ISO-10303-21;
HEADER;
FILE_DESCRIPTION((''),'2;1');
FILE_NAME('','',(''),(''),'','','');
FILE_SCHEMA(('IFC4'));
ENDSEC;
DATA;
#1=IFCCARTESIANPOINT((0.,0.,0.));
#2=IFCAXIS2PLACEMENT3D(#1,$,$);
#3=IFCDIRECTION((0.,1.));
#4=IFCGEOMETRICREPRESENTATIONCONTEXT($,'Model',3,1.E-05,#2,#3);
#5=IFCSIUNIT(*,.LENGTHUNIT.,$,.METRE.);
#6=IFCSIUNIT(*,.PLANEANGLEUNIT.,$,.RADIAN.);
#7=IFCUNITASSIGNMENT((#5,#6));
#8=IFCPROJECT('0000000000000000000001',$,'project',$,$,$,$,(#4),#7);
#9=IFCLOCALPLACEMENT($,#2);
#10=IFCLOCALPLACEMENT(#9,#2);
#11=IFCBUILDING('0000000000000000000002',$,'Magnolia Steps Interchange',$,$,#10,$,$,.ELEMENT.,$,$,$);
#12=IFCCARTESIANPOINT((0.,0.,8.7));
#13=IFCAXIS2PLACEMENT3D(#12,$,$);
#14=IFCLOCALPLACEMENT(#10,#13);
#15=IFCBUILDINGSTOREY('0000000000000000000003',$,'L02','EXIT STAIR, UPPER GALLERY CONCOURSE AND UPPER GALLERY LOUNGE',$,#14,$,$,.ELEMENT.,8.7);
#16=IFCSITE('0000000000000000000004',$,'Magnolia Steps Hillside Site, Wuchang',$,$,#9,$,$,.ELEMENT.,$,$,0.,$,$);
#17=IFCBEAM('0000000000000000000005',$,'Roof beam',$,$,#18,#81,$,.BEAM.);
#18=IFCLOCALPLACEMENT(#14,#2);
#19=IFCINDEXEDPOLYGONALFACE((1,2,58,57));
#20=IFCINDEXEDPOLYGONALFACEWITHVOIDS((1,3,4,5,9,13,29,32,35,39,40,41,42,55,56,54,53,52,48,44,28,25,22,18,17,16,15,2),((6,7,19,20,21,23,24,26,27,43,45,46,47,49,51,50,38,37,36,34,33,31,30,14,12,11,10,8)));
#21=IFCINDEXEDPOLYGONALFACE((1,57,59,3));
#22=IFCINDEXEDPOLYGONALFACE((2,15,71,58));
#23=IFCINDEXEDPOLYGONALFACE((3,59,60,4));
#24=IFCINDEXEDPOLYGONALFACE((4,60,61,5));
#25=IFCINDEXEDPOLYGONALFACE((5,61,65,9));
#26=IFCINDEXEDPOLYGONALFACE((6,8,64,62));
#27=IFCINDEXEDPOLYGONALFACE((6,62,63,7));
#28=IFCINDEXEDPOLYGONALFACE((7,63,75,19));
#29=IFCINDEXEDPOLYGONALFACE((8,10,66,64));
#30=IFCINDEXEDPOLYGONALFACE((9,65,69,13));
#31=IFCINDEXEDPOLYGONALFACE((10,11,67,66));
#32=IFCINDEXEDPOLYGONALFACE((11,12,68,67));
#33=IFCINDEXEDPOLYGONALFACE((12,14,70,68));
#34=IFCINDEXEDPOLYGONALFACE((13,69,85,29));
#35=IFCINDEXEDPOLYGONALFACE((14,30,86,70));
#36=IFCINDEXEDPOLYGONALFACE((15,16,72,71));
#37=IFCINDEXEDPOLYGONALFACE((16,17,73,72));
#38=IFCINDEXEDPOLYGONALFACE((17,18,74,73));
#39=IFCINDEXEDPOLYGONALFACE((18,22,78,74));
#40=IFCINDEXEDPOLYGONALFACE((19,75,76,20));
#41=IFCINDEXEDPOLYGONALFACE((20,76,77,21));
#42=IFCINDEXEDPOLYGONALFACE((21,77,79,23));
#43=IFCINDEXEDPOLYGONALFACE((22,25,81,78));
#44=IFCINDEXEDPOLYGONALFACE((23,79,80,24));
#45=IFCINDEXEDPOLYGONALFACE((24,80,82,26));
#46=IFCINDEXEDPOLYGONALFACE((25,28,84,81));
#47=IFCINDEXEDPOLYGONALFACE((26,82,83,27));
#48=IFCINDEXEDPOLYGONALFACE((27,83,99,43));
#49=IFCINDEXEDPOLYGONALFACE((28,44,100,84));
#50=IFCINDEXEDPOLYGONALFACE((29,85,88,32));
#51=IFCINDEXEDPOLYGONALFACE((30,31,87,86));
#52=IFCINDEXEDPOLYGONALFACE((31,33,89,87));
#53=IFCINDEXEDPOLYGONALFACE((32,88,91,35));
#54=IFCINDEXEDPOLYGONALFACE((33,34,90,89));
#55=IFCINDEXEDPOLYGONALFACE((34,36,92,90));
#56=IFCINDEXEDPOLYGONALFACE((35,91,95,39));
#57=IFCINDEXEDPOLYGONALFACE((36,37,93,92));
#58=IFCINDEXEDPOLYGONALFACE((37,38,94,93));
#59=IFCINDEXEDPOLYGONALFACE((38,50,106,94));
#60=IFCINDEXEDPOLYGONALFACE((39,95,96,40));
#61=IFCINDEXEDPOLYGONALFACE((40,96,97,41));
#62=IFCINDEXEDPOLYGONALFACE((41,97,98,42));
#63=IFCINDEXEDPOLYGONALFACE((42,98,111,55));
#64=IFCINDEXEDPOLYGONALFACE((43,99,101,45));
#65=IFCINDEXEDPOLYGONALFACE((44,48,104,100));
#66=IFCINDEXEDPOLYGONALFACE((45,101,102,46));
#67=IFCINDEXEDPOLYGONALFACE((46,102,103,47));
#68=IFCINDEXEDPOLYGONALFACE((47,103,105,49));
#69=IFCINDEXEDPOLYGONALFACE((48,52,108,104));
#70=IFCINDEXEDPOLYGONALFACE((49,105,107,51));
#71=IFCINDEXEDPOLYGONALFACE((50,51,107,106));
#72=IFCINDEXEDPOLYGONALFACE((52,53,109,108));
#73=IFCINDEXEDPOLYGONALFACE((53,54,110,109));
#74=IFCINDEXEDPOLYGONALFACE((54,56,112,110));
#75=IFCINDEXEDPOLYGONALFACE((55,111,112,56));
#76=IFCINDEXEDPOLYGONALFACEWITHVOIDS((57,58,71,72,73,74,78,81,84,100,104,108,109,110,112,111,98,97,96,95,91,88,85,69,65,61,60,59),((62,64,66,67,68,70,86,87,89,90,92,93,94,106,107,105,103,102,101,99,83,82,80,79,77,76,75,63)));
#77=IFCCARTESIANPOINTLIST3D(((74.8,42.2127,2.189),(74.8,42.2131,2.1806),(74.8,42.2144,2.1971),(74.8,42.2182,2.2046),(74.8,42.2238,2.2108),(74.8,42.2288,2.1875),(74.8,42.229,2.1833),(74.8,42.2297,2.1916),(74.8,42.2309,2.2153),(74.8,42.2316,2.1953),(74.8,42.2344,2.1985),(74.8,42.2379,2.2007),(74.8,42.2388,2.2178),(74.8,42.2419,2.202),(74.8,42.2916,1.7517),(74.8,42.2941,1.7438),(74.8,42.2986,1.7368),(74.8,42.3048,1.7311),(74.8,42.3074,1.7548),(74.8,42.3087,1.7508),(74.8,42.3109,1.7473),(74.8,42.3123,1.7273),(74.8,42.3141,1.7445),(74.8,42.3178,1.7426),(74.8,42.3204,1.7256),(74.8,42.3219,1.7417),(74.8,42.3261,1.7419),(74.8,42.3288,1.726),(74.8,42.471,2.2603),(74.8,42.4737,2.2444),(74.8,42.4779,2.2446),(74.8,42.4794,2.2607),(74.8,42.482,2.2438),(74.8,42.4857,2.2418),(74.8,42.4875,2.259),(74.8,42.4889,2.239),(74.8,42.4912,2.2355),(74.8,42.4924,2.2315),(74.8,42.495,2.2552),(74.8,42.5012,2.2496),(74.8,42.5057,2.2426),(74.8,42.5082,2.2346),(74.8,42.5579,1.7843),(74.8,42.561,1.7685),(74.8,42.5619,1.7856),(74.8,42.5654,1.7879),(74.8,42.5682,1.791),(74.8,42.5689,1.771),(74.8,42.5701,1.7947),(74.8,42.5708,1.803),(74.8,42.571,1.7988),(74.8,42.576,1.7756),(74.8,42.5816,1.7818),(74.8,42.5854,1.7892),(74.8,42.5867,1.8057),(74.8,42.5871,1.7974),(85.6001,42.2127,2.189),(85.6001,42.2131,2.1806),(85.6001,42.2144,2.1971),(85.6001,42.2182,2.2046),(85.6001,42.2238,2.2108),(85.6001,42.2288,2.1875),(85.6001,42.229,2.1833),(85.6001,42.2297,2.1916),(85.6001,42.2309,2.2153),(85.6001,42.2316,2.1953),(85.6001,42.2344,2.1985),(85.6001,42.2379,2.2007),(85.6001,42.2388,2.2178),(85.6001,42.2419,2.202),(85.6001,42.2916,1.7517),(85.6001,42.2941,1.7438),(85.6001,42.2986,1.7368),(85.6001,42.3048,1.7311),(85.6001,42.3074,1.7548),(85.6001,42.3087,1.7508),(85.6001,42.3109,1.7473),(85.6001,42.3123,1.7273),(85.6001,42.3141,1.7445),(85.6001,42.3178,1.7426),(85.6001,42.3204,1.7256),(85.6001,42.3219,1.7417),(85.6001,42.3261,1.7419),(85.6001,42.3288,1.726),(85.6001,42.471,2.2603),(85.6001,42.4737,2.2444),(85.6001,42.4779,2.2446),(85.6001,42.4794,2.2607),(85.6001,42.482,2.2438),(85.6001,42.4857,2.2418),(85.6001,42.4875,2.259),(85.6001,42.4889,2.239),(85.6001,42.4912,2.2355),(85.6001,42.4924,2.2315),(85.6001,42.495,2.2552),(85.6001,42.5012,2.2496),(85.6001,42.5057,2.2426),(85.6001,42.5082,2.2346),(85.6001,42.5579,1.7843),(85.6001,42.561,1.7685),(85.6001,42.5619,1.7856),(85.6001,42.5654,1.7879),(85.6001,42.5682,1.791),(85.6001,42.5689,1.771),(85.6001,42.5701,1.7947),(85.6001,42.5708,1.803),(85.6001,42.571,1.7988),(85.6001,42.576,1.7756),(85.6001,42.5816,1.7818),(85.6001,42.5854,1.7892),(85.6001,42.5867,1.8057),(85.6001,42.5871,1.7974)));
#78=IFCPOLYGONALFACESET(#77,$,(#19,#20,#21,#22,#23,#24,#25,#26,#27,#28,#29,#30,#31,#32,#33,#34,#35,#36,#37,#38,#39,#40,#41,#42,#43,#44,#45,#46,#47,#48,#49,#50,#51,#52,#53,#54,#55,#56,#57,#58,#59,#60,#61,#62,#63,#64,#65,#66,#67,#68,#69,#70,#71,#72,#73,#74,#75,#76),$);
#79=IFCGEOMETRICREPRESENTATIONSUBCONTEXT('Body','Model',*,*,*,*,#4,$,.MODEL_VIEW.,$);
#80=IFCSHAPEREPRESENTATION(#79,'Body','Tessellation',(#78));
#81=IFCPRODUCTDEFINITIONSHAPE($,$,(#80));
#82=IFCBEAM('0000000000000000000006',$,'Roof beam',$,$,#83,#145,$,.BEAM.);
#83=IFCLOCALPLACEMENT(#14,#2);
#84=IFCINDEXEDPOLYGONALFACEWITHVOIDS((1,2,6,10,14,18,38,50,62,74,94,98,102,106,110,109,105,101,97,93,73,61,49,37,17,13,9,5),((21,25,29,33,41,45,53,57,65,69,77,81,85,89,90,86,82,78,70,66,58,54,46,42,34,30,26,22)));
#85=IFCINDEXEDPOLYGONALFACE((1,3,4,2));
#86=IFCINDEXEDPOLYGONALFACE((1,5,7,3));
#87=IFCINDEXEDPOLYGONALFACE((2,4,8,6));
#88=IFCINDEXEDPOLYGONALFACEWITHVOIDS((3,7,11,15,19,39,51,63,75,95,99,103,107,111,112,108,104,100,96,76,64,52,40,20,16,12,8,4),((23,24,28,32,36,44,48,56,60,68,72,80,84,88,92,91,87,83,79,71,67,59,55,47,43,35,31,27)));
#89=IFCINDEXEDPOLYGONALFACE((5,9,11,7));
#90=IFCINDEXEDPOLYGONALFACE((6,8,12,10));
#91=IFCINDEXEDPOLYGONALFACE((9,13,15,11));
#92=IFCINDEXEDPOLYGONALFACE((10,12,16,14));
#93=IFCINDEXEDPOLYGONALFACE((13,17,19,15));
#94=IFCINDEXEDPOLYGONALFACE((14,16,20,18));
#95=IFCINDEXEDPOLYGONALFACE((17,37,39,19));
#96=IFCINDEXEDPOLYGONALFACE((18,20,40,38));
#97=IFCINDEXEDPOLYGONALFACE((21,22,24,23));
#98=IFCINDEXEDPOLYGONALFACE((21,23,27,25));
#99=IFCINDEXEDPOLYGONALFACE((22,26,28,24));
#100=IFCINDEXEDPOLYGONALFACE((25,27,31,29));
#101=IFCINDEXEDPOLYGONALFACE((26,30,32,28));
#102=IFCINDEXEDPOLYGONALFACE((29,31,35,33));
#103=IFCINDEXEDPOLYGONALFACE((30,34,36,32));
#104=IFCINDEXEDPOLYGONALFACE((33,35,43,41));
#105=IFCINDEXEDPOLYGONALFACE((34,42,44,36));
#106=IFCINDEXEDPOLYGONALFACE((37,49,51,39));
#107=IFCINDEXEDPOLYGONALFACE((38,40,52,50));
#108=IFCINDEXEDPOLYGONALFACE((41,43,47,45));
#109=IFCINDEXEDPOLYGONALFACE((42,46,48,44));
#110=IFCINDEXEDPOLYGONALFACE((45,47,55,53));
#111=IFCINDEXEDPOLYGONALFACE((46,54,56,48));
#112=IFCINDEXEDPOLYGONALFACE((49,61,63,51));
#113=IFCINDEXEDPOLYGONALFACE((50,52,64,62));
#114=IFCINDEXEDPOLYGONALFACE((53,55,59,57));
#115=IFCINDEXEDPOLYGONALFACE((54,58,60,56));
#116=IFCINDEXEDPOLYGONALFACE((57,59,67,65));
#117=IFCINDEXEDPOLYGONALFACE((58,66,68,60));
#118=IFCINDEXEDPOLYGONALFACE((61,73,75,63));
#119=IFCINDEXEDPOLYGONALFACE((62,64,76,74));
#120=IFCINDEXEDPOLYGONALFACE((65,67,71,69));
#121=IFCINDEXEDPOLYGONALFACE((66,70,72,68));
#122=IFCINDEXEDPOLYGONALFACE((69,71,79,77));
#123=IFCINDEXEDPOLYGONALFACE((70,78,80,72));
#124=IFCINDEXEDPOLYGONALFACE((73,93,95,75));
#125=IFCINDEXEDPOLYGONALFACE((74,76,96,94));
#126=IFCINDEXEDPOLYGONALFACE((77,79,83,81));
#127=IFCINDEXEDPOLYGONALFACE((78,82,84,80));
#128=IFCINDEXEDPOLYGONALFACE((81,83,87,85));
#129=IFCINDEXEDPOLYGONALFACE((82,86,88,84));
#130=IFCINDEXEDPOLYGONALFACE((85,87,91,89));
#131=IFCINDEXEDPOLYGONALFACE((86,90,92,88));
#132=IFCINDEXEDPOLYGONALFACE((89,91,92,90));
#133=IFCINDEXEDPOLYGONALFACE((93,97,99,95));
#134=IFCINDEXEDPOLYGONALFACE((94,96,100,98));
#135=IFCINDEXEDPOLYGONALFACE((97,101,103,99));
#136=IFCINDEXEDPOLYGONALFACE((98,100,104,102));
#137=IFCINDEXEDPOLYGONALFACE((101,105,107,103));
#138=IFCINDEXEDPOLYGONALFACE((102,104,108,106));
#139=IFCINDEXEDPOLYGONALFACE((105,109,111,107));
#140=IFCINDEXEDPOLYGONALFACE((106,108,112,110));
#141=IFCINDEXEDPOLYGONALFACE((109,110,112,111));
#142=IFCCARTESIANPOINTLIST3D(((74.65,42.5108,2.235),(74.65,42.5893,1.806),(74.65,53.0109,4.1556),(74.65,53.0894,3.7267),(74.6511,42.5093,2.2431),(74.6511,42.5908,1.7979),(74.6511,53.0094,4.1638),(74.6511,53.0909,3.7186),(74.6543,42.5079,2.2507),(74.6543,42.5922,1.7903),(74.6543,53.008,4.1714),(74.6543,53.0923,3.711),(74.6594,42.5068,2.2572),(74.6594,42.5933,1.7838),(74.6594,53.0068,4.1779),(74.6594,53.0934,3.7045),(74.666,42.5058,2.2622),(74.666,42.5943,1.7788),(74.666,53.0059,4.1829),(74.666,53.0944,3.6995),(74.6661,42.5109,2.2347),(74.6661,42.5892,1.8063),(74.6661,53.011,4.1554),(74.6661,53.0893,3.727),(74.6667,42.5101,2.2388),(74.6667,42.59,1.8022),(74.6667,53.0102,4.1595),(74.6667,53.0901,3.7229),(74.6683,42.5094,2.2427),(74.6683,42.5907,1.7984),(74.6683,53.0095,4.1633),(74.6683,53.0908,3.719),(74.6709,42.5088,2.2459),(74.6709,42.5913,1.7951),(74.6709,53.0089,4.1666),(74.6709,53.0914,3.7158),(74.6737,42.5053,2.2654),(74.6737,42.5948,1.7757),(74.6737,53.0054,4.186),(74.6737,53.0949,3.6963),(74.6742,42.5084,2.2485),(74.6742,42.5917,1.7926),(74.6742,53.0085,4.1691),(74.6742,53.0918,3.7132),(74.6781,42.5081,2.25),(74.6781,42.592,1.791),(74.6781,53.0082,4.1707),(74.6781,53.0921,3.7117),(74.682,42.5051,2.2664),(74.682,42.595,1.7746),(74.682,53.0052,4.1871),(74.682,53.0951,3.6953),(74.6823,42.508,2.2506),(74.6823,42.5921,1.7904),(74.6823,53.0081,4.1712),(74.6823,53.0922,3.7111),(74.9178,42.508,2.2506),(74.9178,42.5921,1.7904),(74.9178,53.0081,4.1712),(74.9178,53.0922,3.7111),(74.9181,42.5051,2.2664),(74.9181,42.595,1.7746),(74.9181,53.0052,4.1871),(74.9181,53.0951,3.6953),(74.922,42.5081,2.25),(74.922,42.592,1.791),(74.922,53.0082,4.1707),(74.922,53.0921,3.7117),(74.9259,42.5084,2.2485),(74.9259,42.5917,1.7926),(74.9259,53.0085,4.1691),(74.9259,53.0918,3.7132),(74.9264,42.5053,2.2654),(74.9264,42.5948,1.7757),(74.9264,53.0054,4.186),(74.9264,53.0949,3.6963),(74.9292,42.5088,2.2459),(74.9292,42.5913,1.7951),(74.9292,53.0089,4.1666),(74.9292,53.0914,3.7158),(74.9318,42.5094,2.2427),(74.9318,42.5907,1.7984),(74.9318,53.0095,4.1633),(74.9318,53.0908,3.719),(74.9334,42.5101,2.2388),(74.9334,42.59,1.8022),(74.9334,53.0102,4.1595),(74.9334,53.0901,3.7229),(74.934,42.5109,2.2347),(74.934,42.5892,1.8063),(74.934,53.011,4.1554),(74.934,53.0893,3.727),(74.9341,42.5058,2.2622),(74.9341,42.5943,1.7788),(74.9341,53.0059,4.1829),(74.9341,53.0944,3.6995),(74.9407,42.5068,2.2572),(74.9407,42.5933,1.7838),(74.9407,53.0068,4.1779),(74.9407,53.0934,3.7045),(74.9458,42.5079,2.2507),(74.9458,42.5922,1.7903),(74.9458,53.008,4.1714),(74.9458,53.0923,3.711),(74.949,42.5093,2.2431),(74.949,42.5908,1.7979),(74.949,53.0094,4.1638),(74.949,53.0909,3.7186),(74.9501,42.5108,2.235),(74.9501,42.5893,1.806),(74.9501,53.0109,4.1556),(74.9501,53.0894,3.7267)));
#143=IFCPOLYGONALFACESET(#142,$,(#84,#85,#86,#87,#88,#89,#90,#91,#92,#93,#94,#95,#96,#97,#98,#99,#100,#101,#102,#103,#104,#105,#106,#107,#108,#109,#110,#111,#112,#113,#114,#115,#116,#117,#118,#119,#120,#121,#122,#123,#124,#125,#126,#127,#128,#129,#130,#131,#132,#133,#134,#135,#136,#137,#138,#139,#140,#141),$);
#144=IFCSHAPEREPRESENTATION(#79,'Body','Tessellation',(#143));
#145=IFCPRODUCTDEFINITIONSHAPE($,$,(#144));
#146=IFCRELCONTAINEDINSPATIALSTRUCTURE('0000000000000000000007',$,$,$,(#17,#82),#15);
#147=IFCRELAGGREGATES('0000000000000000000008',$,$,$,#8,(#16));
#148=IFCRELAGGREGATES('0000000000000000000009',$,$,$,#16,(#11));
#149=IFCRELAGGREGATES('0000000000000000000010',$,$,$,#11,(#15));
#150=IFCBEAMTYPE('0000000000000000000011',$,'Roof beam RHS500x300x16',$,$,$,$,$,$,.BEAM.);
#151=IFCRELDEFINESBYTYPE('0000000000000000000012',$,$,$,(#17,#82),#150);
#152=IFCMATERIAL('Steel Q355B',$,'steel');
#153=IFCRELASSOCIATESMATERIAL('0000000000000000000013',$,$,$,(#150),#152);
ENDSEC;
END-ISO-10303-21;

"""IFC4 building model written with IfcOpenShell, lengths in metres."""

from ifc_helpers import new_model, si_unit, direction, frame, origin, origin_2d, place, context, subcontext, project, spatial, hollow_rectangle, extrude, material, material_profile, profile_set, type_object, element, save


model = new_model("IFC4")

# Units and contexts
model_context = context("Model", 3, precision=1e-05, world=origin(), true_north=direction((0.0, 1.0)))
body_context = subcontext(model_context, "Body", "Model", "MODEL_VIEW")
ifc_project = project(units=[si_unit("LENGTHUNIT", "METRE"), si_unit("PLANEANGLEUNIT", "RADIAN")], contexts=[model_context])

# Site, building, storey
site_placement = place(None, origin())
site = spatial("IfcSite", under=ifc_project, at=site_placement, Name="Magnolia Steps Hillside Site, Wuchang", CompositionType="ELEMENT", RefElevation=0.0)
building_placement = place(site_placement, origin())
building = spatial("IfcBuilding", under=site, at=building_placement, Name="Magnolia Steps Interchange", CompositionType="ELEMENT")
storey_placement = place(building_placement, frame((0.0, 0.0, 8.7)))
storey = spatial("IfcBuildingStorey", under=building, at=storey_placement, Name="L02", Description="EXIT STAIR, UPPER GALLERY CONCOURSE AND UPPER GALLERY LOUNGE", CompositionType="ELEMENT", Elevation=8.7)

# Beams
ifc_material_1 = material(Name="Steel Q355B", Category="steel")
ifc_material_profile_1 = material_profile(ifc_material_1, hollow_rectangle(XDim=0.3, YDim=0.5, WallThickness=0.0161, InnerFilletRadius=0.0161, OuterFilletRadius=0.032, at=origin_2d()), Name="RHS500x300x16")
ifc_profile_set_1 = profile_set([ifc_material_profile_1], Name="Steel Q355B")
beam_type_1 = type_object("IfcBeamType", Name="Roof beam RHS500x300x16", PredefinedType="BEAM", material=ifc_profile_set_1)
beam_1_placement = place(storey_placement, frame((74.8, 42.3999, 1.9932), z_axis=(1.0, 0.0, 0.0), x_axis=(0.0, 0.983677, 0.179941)))
element("IfcBeam", 1, at=beam_1_placement, inside=storey, type_object=beam_type_1, Name="Roof beam", PredefinedType="BEAM", context=body_context, shape_type="SweptSolid", body=[
    extrude(hollow_rectangle(XDim=0.3, YDim=0.5, WallThickness=0.0161, InnerFilletRadius=0.0161, OuterFilletRadius=0.032, at=origin_2d()), origin(), (0.0, 0.0, 1.0), 10.8),
])
beam_2_placement = place(storey_placement, frame((74.8, 42.55, 2.0205), z_axis=(0.0, 0.983679, 0.179934), x_axis=(-1.0, 0.0, 0.0)))
element("IfcBeam", 2, at=beam_2_placement, inside=storey, type_object=beam_type_1, Name="Roof beam", PredefinedType="BEAM", context=body_context, shape_type="SweptSolid", body=[
    extrude(hollow_rectangle(XDim=0.3, YDim=0.5, WallThickness=0.0161, InnerFilletRadius=0.0161, OuterFilletRadius=0.032, at=origin_2d()), origin(), (0.0, 0.0, 1.0), 10.6743),
])

save(model, "model.ifc")
